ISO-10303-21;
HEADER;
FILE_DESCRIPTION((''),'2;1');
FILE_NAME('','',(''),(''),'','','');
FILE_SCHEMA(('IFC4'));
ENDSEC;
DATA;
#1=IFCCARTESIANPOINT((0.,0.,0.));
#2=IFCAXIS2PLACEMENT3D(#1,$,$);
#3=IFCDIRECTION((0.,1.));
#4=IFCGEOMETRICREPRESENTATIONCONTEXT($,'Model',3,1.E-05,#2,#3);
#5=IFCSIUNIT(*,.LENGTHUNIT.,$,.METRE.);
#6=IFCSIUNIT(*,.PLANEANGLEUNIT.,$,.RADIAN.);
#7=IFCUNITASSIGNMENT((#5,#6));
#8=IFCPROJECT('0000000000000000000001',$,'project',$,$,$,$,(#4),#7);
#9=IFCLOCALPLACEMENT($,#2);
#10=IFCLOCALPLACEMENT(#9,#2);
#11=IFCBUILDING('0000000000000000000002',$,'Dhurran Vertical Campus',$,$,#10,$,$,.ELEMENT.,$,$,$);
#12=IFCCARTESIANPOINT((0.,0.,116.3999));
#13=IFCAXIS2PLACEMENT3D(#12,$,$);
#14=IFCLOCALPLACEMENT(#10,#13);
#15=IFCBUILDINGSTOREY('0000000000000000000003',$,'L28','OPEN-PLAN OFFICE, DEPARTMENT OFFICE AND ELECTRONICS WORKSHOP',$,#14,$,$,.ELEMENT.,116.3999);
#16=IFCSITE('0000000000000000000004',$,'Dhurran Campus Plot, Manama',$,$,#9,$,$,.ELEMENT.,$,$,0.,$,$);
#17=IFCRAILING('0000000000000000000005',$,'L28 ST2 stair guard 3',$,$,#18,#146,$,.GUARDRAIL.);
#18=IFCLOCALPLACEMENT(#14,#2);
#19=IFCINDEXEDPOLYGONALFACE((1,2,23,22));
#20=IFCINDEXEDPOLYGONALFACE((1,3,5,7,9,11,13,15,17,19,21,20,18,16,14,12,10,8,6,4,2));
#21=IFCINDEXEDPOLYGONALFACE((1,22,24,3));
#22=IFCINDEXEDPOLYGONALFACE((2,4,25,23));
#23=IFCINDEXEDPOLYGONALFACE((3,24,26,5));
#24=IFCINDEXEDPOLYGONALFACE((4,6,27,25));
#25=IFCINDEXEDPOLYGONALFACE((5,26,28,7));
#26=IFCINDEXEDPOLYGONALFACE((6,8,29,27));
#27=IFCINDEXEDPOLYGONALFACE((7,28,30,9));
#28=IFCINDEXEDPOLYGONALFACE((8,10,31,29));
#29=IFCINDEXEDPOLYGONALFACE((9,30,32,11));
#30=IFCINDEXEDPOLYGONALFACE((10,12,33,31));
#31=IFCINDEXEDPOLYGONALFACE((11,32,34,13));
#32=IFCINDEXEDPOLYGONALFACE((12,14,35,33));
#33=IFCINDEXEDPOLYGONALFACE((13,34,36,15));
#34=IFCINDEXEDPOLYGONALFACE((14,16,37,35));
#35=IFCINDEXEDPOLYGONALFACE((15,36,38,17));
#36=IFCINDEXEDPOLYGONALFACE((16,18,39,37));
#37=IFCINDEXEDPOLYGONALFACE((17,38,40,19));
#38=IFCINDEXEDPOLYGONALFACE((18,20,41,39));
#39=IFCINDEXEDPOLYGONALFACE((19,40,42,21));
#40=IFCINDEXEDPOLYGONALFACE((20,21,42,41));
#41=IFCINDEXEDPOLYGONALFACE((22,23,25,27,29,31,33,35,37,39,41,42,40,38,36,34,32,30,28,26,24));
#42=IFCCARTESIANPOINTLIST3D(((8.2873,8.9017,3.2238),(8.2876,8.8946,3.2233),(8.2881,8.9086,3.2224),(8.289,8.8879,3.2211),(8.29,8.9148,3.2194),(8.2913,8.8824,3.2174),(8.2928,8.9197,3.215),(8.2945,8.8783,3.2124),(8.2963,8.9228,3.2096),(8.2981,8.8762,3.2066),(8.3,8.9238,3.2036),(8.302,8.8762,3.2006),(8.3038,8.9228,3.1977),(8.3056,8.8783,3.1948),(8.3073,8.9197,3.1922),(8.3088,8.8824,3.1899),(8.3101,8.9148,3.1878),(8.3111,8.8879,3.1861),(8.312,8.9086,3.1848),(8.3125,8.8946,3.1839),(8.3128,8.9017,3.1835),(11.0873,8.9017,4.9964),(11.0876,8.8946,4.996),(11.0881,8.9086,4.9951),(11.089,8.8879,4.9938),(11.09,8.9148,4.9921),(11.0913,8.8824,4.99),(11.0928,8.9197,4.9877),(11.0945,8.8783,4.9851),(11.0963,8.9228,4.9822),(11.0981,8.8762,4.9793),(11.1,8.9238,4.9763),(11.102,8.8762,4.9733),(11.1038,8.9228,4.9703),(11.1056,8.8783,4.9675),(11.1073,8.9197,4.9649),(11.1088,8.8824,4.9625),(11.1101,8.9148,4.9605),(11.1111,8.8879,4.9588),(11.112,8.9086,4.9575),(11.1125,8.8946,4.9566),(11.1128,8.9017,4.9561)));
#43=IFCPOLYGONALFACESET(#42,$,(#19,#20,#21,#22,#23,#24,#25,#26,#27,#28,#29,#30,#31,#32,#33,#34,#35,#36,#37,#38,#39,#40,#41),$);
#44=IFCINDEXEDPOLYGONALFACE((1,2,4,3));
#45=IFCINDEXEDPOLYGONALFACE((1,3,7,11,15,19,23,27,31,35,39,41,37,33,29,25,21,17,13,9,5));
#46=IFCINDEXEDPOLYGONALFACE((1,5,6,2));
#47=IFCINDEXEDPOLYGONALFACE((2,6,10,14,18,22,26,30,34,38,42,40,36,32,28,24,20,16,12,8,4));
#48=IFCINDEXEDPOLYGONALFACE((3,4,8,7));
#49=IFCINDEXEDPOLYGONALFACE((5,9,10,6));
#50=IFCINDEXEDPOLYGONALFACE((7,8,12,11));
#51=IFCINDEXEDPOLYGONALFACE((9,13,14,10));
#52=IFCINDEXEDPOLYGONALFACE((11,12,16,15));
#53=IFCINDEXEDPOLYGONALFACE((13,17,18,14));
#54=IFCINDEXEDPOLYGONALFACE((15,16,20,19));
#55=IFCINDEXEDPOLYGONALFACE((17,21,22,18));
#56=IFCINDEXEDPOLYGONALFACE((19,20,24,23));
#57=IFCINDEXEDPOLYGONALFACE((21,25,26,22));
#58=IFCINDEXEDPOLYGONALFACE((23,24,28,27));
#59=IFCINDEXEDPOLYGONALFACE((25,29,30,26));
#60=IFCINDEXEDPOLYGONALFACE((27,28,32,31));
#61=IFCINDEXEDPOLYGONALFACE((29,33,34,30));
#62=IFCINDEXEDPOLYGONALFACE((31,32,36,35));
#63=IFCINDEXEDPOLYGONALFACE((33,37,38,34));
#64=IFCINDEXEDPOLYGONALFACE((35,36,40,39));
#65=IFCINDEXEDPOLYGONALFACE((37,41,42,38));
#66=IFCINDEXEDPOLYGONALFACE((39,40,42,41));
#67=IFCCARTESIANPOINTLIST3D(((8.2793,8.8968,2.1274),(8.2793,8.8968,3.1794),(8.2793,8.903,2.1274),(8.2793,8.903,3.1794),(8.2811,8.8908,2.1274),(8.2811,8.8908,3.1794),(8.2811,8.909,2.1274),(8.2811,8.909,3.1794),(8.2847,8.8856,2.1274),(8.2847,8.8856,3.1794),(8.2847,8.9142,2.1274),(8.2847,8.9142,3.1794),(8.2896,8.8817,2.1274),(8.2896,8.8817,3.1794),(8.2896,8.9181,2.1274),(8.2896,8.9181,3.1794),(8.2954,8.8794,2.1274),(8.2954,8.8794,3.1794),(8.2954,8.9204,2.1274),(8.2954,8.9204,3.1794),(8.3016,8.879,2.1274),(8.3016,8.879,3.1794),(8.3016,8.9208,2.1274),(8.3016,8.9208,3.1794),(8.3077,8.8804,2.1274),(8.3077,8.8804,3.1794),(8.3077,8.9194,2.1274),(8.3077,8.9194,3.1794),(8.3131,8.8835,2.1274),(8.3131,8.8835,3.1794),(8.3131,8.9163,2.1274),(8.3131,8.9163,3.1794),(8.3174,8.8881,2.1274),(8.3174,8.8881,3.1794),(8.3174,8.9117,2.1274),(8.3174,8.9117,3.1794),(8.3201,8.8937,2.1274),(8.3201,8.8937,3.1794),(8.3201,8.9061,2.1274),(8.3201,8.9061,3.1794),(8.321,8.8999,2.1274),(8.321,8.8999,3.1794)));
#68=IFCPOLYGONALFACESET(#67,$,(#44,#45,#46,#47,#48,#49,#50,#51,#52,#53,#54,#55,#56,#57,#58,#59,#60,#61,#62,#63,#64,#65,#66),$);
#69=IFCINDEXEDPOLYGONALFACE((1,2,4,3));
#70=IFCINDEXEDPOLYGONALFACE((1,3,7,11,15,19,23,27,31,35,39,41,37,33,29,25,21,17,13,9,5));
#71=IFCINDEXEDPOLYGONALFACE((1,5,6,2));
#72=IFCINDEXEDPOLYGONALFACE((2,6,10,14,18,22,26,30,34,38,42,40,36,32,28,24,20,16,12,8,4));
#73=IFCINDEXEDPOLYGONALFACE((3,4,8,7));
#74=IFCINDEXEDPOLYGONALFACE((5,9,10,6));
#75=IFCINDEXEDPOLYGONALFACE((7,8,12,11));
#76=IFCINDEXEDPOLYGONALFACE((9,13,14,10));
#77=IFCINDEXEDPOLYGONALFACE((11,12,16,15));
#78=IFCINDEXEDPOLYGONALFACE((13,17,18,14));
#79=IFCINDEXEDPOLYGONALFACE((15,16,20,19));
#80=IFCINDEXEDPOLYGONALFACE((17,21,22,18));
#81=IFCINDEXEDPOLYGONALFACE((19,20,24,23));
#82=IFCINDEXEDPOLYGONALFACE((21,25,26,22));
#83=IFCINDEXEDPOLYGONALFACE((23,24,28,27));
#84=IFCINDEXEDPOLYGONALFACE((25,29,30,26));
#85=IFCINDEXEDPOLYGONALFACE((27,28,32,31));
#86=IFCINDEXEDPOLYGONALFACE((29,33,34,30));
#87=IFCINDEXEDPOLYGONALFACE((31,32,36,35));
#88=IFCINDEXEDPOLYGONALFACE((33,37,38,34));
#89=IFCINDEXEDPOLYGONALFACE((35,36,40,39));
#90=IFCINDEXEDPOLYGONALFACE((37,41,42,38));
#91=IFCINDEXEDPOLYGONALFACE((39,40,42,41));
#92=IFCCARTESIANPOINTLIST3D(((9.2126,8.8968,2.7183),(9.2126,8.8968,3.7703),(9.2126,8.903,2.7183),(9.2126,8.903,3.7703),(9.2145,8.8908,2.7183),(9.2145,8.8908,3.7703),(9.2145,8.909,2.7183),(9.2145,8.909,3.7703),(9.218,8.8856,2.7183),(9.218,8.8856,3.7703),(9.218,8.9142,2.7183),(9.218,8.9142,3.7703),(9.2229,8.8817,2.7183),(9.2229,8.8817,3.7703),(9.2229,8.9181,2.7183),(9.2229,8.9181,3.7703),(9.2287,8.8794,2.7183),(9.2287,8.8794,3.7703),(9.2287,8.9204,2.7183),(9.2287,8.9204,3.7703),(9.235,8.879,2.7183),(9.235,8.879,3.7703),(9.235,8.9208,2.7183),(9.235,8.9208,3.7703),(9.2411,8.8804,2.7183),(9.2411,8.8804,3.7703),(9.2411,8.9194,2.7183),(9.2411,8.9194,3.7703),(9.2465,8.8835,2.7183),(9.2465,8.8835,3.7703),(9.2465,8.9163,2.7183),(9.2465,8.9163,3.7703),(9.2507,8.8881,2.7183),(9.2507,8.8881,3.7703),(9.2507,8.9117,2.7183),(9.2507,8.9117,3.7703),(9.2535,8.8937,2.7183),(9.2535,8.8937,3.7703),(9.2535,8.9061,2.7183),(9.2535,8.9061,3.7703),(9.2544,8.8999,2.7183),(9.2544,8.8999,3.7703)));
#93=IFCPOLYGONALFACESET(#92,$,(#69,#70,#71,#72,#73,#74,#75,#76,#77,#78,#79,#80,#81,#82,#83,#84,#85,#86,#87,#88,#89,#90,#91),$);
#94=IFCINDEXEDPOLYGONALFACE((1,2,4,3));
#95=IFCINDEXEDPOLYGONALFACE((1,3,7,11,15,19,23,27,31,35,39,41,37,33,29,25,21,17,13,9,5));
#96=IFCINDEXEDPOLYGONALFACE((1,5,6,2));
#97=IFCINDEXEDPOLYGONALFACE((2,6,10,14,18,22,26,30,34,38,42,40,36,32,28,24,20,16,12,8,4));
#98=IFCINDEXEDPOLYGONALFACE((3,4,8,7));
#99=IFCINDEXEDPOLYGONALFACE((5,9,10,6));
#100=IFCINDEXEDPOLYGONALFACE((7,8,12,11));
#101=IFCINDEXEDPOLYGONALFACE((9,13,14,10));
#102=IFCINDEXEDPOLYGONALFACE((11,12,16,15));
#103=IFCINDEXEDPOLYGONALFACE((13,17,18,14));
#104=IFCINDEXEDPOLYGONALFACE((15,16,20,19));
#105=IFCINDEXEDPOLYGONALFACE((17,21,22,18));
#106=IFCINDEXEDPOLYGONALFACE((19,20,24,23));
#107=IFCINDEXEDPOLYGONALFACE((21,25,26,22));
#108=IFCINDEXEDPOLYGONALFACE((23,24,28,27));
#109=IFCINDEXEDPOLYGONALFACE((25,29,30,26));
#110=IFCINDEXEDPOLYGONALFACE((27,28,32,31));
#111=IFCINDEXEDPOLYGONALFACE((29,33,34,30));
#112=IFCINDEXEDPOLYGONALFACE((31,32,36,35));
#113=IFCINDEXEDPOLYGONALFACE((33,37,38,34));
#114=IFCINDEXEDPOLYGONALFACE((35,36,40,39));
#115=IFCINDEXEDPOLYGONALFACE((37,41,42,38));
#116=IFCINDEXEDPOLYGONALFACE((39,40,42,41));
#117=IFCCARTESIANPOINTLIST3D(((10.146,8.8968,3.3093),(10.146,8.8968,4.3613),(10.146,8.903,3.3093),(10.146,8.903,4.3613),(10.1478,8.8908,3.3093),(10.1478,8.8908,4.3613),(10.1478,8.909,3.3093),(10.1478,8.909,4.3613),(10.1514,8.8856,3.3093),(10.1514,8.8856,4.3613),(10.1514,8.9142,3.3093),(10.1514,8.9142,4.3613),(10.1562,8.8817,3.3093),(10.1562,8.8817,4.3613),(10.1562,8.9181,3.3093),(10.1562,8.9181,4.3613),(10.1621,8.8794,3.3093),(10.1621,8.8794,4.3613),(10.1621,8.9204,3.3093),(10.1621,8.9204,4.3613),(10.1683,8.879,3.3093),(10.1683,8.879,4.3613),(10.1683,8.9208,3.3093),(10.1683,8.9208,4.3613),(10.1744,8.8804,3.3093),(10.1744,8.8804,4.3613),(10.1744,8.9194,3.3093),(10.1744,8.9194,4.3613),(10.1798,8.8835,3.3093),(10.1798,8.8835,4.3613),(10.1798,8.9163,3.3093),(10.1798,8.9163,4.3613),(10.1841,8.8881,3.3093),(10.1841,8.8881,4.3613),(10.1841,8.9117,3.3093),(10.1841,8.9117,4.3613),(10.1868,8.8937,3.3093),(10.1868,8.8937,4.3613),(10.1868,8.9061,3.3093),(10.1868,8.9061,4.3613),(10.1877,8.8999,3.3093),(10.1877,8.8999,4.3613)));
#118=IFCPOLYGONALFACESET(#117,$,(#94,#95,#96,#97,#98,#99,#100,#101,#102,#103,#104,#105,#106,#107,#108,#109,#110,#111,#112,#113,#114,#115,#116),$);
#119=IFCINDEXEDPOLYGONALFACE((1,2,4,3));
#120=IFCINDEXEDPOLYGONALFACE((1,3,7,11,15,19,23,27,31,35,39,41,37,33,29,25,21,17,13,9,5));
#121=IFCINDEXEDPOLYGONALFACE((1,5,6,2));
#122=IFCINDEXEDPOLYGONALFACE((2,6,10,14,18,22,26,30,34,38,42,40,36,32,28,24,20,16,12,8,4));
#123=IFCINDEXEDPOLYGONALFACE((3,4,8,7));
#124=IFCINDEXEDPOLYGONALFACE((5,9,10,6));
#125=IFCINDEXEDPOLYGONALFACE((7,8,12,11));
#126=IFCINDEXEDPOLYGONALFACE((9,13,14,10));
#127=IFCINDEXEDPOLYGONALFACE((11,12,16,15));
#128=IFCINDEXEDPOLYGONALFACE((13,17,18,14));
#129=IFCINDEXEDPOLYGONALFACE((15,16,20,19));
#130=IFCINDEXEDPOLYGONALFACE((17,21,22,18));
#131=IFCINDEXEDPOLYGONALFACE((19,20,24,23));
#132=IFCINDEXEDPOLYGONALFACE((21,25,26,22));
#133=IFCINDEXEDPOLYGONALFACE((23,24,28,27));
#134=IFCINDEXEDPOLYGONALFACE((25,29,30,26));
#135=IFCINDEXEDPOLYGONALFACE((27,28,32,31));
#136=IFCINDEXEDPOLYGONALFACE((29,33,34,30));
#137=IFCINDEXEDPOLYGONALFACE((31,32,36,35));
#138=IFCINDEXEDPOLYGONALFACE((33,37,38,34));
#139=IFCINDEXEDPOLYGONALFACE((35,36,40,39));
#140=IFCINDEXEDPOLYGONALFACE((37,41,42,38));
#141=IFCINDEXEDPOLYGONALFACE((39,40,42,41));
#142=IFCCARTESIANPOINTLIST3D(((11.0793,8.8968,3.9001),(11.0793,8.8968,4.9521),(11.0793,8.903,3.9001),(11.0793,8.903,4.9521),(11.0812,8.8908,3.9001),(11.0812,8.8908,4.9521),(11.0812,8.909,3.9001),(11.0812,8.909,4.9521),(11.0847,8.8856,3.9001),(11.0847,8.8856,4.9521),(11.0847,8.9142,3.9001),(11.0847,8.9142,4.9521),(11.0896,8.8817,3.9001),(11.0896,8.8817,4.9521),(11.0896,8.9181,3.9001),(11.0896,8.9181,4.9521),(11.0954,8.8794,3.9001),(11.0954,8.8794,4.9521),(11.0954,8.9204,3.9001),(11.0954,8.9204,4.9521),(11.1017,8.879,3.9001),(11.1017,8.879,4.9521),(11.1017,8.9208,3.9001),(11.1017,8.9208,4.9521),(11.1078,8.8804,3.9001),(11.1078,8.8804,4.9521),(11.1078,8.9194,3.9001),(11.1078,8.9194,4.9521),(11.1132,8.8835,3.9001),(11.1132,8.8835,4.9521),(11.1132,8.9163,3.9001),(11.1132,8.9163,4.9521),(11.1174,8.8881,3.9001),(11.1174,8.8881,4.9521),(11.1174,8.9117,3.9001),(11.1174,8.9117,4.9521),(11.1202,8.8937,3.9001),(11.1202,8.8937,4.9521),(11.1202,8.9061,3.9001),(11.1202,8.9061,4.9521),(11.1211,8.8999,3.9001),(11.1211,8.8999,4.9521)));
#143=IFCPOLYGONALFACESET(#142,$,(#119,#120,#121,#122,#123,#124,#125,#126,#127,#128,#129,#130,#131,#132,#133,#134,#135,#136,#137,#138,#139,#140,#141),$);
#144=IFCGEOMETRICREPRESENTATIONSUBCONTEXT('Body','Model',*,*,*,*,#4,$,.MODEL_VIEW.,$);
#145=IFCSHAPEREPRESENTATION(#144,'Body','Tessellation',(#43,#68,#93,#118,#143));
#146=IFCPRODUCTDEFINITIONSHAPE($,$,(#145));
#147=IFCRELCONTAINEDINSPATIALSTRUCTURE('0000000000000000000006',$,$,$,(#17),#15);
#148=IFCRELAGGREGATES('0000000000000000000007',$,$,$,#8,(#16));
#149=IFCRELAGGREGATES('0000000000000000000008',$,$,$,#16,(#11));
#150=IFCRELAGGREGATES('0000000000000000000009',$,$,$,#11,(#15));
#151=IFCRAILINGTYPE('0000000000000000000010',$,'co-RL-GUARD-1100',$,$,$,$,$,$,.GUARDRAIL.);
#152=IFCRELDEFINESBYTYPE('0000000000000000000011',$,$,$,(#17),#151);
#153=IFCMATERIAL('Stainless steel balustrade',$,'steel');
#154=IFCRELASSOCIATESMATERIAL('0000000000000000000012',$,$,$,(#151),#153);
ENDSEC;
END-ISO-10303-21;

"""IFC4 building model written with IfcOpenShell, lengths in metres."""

from ifc_helpers import new_model, si_unit, direction, frame, origin, origin_2d, place, context, subcontext, project, spatial, circle, extrude, material, type_object, element, save


model = new_model("IFC4")

# Units and contexts
model_context = context("Model", 3, precision=1e-05, world=origin(), true_north=direction((0.0, 1.0)))
body_context = subcontext(model_context, "Body", "Model", "MODEL_VIEW")
ifc_project = project(units=[si_unit("LENGTHUNIT", "METRE"), si_unit("PLANEANGLEUNIT", "RADIAN")], contexts=[model_context])

# Site, building, storey
site_placement = place(None, origin())
site = spatial("IfcSite", under=ifc_project, at=site_placement, Name="Dhurran Campus Plot, Manama", CompositionType="ELEMENT", RefElevation=0.0)
building_placement = place(site_placement, origin())
building = spatial("IfcBuilding", under=site, at=building_placement, Name="Dhurran Vertical Campus", CompositionType="ELEMENT")
storey_placement = place(building_placement, frame((0.0, 0.0, 116.3999)))
storey = spatial("IfcBuildingStorey", under=building, at=storey_placement, Name="L28", Description="OPEN-PLAN OFFICE, DEPARTMENT OFFICE AND ELECTRONICS WORKSHOP", CompositionType="ELEMENT", Elevation=116.3999)

# Railing
ifc_material_1 = material(Name="Stainless steel balustrade", Category="steel")
railing_type_1 = type_object("IfcRailingType", Name="co-RL-GUARD-1100", PredefinedType="GUARDRAIL", material=ifc_material_1)
railing_1_placement = place(storey_placement, frame((8.3, 8.8999, 2.1274)))
element("IfcRailing", 1, at=railing_1_placement, inside=storey, type_object=railing_type_1, Name="L28 ST2 stair guard 3", PredefinedType="GUARDRAIL", context=body_context, shape_type="SweptSolid", body=[
    extrude(circle(Radius=0.0239, at=origin_2d()), frame((0.0, 0.0, 1.0762), z_axis=(0.844909, 0.0, 0.53491), x_axis=(0.0, 1.0, 0.0)), (0.0, 0.0, 1.0), 3.314),
    extrude(circle(Radius=0.021, at=origin_2d()), origin(), (0.0, 0.0, 1.0), 1.052),
    extrude(circle(Radius=0.021, at=origin_2d()), frame((0.9333, 0.0, 0.5908)), (0.0, 0.0, 1.0), 1.052),
    extrude(circle(Radius=0.021, at=origin_2d()), frame((1.8667, 0.0, 1.1819)), (0.0, 0.0, 1.0), 1.052),
    extrude(circle(Radius=0.021, at=origin_2d()), frame((2.8, 0.0, 1.7727)), (0.0, 0.0, 1.0), 1.052),
])

save(model, "model.ifc")
